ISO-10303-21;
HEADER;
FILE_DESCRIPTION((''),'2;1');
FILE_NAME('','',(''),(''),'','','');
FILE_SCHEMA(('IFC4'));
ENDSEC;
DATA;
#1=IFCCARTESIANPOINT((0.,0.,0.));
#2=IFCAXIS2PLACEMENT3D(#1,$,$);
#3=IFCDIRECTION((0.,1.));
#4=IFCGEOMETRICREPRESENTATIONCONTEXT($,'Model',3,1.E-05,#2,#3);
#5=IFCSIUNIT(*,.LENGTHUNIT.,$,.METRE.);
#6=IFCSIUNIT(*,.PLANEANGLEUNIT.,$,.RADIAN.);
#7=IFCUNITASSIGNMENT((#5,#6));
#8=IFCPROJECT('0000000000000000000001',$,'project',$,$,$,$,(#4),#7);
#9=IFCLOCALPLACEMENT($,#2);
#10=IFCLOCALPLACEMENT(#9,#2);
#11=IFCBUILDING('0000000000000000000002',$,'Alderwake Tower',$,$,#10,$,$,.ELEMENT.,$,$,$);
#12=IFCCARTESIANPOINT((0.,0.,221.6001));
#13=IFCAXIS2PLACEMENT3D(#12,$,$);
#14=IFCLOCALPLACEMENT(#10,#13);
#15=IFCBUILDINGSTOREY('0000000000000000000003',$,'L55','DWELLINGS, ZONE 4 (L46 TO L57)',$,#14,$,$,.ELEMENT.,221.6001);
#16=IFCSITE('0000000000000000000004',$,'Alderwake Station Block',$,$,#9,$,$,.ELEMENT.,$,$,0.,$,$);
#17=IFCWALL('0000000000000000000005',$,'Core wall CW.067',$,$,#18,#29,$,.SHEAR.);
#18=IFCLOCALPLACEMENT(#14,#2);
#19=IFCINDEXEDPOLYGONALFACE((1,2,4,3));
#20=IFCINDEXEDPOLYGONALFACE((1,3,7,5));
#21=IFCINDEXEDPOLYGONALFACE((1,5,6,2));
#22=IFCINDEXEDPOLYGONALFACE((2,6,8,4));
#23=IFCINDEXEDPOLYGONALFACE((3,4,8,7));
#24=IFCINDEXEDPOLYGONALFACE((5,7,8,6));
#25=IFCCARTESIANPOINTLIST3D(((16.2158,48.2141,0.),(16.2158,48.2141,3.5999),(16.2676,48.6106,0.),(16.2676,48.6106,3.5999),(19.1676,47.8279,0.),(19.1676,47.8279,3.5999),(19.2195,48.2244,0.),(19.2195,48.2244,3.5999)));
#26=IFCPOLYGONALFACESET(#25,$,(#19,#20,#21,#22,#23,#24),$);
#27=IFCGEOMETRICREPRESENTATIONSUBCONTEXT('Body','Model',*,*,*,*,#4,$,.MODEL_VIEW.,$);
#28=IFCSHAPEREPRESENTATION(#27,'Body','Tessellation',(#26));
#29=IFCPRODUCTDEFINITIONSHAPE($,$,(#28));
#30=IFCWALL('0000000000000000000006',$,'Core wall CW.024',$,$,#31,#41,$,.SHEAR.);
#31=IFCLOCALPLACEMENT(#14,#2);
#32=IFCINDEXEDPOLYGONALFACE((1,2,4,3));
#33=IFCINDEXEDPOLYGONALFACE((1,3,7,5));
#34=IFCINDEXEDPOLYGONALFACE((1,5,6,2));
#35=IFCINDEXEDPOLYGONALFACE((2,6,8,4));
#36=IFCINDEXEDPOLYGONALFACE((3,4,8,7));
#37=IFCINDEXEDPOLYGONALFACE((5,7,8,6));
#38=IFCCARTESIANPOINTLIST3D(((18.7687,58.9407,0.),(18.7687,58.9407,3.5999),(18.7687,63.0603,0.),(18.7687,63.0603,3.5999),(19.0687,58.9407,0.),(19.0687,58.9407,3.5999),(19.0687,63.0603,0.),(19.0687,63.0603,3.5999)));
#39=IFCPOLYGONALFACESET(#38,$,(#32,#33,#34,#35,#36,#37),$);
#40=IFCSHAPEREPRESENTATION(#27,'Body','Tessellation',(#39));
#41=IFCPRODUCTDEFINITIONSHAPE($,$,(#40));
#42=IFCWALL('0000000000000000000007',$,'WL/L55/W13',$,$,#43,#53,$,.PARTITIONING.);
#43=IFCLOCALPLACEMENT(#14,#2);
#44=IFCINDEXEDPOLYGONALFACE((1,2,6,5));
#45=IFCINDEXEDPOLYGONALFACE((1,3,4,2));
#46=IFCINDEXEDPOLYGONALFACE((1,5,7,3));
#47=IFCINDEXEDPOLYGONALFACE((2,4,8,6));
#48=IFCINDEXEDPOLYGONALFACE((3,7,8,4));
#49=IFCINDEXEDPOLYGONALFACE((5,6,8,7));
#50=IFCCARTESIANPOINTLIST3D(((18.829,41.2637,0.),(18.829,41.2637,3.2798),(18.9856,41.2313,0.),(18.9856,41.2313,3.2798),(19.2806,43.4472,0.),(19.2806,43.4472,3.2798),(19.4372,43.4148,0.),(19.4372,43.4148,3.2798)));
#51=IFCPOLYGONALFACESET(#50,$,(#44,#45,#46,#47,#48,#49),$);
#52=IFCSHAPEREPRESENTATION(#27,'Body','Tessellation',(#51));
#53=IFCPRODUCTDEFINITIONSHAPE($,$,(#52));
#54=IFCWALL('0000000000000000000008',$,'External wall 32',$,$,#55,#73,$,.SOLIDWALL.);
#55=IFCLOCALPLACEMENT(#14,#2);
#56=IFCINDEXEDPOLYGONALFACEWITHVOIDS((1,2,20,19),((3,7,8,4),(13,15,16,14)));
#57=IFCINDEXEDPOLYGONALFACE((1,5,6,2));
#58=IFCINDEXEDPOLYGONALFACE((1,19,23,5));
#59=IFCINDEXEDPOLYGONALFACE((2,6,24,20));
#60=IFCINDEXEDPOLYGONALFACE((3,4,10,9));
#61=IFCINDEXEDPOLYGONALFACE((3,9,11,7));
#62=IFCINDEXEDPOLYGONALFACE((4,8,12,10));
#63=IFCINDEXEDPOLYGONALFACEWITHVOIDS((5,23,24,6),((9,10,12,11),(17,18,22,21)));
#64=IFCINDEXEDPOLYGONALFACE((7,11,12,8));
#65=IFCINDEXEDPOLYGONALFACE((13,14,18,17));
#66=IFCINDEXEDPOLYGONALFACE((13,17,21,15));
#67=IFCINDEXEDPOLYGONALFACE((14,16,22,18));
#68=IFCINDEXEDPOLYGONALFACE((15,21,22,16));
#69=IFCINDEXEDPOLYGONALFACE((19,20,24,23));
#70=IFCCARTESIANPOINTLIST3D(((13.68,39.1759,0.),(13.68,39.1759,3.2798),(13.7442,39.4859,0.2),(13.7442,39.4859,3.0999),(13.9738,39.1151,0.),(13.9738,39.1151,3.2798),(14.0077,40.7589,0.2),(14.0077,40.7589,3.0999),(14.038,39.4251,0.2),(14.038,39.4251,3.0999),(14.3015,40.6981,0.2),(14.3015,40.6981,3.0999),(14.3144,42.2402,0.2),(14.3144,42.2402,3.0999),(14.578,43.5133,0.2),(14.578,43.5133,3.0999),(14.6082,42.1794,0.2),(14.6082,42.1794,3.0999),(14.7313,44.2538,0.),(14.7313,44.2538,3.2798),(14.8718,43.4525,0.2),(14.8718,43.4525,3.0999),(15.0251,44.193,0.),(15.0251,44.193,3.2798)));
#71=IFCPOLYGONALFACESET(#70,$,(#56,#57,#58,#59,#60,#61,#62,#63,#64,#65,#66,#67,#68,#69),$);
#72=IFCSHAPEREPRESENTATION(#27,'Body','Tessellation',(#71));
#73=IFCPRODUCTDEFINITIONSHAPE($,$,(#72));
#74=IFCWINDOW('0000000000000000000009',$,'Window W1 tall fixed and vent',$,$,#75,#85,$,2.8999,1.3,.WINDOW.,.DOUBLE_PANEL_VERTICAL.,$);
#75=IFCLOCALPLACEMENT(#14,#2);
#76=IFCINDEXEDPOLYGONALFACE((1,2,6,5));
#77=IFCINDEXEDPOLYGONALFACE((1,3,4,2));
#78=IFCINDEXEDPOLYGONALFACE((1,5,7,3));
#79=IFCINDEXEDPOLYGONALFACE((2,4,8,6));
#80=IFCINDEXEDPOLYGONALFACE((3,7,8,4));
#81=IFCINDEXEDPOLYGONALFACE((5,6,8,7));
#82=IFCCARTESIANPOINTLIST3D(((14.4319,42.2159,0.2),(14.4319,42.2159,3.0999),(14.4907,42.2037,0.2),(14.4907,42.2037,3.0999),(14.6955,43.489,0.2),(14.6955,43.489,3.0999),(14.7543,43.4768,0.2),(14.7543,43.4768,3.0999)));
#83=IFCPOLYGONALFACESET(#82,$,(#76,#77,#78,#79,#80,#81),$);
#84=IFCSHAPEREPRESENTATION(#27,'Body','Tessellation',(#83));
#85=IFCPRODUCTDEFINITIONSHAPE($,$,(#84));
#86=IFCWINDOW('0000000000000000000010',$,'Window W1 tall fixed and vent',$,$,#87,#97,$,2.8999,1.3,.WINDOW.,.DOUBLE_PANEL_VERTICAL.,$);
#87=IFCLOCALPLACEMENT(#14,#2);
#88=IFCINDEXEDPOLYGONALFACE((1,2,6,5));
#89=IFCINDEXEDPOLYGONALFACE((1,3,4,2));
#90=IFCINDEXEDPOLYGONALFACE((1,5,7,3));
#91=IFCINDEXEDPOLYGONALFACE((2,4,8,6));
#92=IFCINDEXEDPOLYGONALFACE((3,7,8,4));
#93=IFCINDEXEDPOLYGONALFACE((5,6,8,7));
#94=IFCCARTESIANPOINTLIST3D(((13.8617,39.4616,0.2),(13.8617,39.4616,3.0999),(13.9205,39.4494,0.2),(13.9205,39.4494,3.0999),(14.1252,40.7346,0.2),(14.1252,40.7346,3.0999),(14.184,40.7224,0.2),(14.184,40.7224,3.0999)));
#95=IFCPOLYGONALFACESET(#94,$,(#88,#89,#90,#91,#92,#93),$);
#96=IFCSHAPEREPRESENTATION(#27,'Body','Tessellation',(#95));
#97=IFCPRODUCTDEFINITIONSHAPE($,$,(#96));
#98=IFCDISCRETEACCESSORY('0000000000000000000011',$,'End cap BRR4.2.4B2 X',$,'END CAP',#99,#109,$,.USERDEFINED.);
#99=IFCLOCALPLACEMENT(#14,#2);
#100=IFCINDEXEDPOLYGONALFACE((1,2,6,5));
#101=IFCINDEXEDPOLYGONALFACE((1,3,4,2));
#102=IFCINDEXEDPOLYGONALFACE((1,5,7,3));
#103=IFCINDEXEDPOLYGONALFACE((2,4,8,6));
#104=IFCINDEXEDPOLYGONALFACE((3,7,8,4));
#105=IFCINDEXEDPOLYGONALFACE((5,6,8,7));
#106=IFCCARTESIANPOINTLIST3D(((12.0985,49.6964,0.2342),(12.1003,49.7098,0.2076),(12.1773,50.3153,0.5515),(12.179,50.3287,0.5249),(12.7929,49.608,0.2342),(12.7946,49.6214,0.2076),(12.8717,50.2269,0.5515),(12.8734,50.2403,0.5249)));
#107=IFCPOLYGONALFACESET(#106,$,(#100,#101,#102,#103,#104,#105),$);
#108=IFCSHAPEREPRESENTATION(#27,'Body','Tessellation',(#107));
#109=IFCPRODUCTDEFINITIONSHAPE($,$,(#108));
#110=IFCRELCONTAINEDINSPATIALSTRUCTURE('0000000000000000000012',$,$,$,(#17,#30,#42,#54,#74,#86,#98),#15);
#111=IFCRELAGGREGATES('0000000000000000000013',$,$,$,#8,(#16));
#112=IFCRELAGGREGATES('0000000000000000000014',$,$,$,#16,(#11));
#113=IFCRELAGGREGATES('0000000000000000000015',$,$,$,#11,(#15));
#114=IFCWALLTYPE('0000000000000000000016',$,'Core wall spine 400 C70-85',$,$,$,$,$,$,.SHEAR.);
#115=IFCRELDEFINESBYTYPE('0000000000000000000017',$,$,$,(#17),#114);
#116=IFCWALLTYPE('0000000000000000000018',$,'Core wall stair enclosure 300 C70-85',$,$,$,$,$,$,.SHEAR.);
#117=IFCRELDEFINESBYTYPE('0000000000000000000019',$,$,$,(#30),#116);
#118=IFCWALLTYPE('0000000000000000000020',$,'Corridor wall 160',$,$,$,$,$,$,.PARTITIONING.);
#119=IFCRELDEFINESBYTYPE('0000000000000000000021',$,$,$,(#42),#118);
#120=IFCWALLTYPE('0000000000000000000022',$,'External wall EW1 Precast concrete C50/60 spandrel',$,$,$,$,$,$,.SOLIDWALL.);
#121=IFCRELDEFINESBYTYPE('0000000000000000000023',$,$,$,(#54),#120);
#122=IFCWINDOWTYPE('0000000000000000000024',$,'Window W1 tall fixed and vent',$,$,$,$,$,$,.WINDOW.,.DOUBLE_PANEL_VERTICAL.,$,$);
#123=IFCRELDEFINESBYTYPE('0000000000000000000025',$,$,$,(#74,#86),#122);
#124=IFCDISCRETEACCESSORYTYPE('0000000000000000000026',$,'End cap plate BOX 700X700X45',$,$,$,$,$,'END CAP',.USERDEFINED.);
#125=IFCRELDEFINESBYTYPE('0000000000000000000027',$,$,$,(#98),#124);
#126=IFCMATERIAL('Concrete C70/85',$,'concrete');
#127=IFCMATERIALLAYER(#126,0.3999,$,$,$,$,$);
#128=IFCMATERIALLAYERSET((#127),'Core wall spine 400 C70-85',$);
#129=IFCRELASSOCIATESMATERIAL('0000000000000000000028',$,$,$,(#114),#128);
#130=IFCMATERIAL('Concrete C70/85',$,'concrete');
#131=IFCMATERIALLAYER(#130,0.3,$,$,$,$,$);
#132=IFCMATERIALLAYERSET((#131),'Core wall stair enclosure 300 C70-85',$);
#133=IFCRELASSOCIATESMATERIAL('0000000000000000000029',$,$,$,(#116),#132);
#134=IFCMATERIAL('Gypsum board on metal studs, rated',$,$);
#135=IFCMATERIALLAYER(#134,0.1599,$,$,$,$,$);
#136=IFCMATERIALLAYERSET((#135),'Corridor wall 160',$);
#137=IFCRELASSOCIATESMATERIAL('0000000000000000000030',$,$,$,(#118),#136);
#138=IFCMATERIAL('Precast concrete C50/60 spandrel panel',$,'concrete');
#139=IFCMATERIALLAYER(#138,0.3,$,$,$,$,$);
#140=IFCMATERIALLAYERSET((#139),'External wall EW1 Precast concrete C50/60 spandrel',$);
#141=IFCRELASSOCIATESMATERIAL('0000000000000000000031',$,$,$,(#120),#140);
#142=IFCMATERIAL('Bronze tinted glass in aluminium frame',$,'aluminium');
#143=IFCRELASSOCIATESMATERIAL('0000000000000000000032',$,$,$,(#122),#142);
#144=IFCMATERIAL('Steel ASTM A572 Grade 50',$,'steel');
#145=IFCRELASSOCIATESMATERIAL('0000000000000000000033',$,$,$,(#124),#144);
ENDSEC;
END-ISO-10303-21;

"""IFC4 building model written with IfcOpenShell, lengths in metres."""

from ifc_helpers import new_model, si_unit, direction, frame, frame_2d, origin, origin_2d, place, context, subcontext, project, spatial, rectangle, extrude, material, layer, layer_set, material_profile, profile_set, type_object, element, fill, save


model = new_model("IFC4")

# Units and contexts
model_context = context("Model", 3, precision=1e-05, world=origin(), true_north=direction((0.0, 1.0)))
body_context = subcontext(model_context, "Body", "Model", "MODEL_VIEW")
ifc_project = project(units=[si_unit("LENGTHUNIT", "METRE"), si_unit("PLANEANGLEUNIT", "RADIAN")], contexts=[model_context])

# Site, building, storey
site_placement = place(None, origin())
site = spatial("IfcSite", under=ifc_project, at=site_placement, Name="Alderwake Station Block", CompositionType="ELEMENT", RefElevation=0.0)
building_placement = place(site_placement, origin())
building = spatial("IfcBuilding", under=site, at=building_placement, Name="Alderwake Tower", CompositionType="ELEMENT")
storey_placement = place(building_placement, frame((0.0, 0.0, 221.6001)))
storey = spatial("IfcBuildingStorey", under=building, at=storey_placement, Name="L55", Description="DWELLINGS, ZONE 4 (L46 TO L57)", CompositionType="ELEMENT", Elevation=221.6001)

# Shared definitions
ifc_material_1 = material(Name="Concrete C70/85", Category="concrete")
ifc_layer_1 = layer(ifc_material_1, 0.3999)
ifc_layer_set_1 = layer_set([ifc_layer_1], Name="Core wall spine 400 C70-85")
wall_type_1 = type_object("IfcWallType", Name="Core wall spine 400 C70-85", PredefinedType="SHEAR", material=ifc_layer_set_1)

# Walls
wall_1_placement = place(storey_placement, frame((16.2417, 48.4124, 0.0), z_axis=(0.0, 0.0, 1.0), x_axis=(0.991549, -0.129735, 0.0)))
element("IfcWall", 1, at=wall_1_placement, inside=storey, type_object=wall_type_1, Name="Core wall CW.067", PredefinedType="SHEAR", context=body_context, shape_type="SweptSolid", body=[
    extrude(rectangle(XDim=2.9771, YDim=0.3999, at=frame_2d((1.4885, 0.0))), origin(), (0.0, 0.0, 1.0), 3.5999),
])
ifc_material_2 = material(Name="Concrete C70/85", Category="concrete")
ifc_layer_2 = layer(ifc_material_2, 0.3)
ifc_layer_set_2 = layer_set([ifc_layer_2], Name="Core wall stair enclosure 300 C70-85")
wall_type_2 = type_object("IfcWallType", Name="Core wall stair enclosure 300 C70-85", PredefinedType="SHEAR", material=ifc_layer_set_2)
wall_2_placement = place(storey_placement, frame((18.9187, 58.9407, 0.0), z_axis=(0.0, 0.0, 1.0), x_axis=(0.0, 1.0, 0.0)))
element("IfcWall", 2, at=wall_2_placement, inside=storey, type_object=wall_type_2, Name="Core wall CW.024", PredefinedType="SHEAR", context=body_context, shape_type="SweptSolid", body=[
    extrude(rectangle(XDim=4.1196, YDim=0.3, at=frame_2d((2.0598, 0.0))), origin(), (0.0, 0.0, 1.0), 3.5999),
])
ifc_material_3 = material(Name="Gypsum board on metal studs, rated")
ifc_layer_3 = layer(ifc_material_3, 0.1599)
ifc_layer_set_3 = layer_set([ifc_layer_3], Name="Corridor wall 160")
wall_type_3 = type_object("IfcWallType", Name="Corridor wall 160", PredefinedType="PARTITIONING", material=ifc_layer_set_3)
wall_3_placement = place(storey_placement, frame((19.3589, 43.4309, 0.0), z_axis=(0.0, 0.0, 1.0), x_axis=(-0.202555, -0.979271, 0.0)))
element("IfcWall", 3, at=wall_3_placement, inside=storey, type_object=wall_type_3, Name="WL/L55/W13", PredefinedType="PARTITIONING", context=body_context, shape_type="SweptSolid", body=[
    extrude(rectangle(XDim=2.2297, YDim=0.1599, at=frame_2d((1.1147, 0.0))), origin(), (0.0, 0.0, 1.0), 3.2798),
])

# Wall, openings, windows
ifc_material_4 = material(Name="Precast concrete C50/60 spandrel panel", Category="concrete")
ifc_layer_4 = layer(ifc_material_4, 0.3)
ifc_layer_set_4 = layer_set([ifc_layer_4], Name="External wall EW1 Precast concrete C50/60 spandrel")
wall_type_4 = type_object("IfcWallType", Name="External wall EW1 Precast concrete C50/60 spandrel", PredefinedType="SOLIDWALL", material=ifc_layer_set_4)
wall_4_placement = place(storey_placement, frame((14.8782, 44.2234, 0.0), z_axis=(0.0, 0.0, 1.0), x_axis=(-0.20273, -0.979235, 0.0)))
wall_4 = element("IfcWall", 4, at=wall_4_placement, inside=storey, type_object=wall_type_4, Name="External wall 32", PredefinedType="SOLIDWALL", context=body_context, shape_type="SweptSolid", body=[
    extrude(rectangle(XDim=5.1855, YDim=0.3, at=frame_2d((2.5928, 0.0))), origin(), (0.0, 0.0, 1.0), 3.2798),
])
opening_1_placement = place(wall_4_placement, frame((0.7563, 0.0, 0.2)))
opening_1 = element("IfcOpeningElement", 5, at=opening_1_placement, cuts=wall_4, PredefinedType="OPENING", context=body_context, shape_type="SweptSolid", body=[
    extrude(rectangle(XDim=1.3, YDim=2.8999, at=frame_2d((0.6499, 1.45))), frame((0.0, 0.1599, 0.0), z_axis=(0.0, -1.0, 0.0), x_axis=(1.0, 0.0, 0.0)), (0.0, 0.0, 1.0), 0.3201),
])
opening_2_placement = place(wall_4_placement, frame((3.5691, 0.0, 0.2)))
opening_2 = element("IfcOpeningElement", 6, at=opening_2_placement, cuts=wall_4, PredefinedType="OPENING", context=body_context, shape_type="SweptSolid", body=[
    extrude(rectangle(XDim=1.3, YDim=2.8999, at=frame_2d((0.6499, 1.45))), frame((0.0, 0.1599, 0.0), z_axis=(0.0, -1.0, 0.0), x_axis=(1.0, 0.0, 0.0)), (0.0, 0.0, 1.0), 0.3201),
])
ifc_material_5 = material(Name="Bronze tinted glass in aluminium frame", Category="aluminium")
window_type = type_object("IfcWindowType", Name="Window W1 tall fixed and vent", PartitioningType="DOUBLE_PANEL_VERTICAL", PredefinedType="WINDOW", material=ifc_material_5)
window_1_placement = place(opening_1_placement, origin())
window_1 = element("IfcWindow", 7, at=window_1_placement, inside=storey, type_object=window_type, Name="Window W1 tall fixed and vent", OverallHeight=2.8999, OverallWidth=1.3, PartitioningType="DOUBLE_PANEL_VERTICAL", PredefinedType="WINDOW", context=body_context, shape_type="SweptSolid", body=[
    extrude(rectangle(XDim=1.3, YDim=2.8999, at=frame_2d((0.6499, 1.45))), frame((0.0, 0.03, 0.0), z_axis=(0.0, -1.0, 0.0), x_axis=(1.0, 0.0, 0.0)), (0.0, 0.0, 1.0), 0.0601),
])
fill(opening_1, window_1)
window_2_placement = place(opening_2_placement, origin())
window_2 = element("IfcWindow", 8, at=window_2_placement, inside=storey, type_object=window_type, Name="Window W1 tall fixed and vent", OverallHeight=2.8999, OverallWidth=1.3, PartitioningType="DOUBLE_PANEL_VERTICAL", PredefinedType="WINDOW", context=body_context, shape_type="SweptSolid", body=[
    extrude(rectangle(XDim=1.3, YDim=2.8999, at=frame_2d((0.6499, 1.45))), frame((0.0, 0.03, 0.0), z_axis=(0.0, -1.0, 0.0), x_axis=(1.0, 0.0, 0.0)), (0.0, 0.0, 1.0), 0.0601),
])
fill(opening_2, window_2)

# Discrete accessory
ifc_material_6 = material(Name="Steel ASTM A572 Grade 50", Category="steel")
ifc_material_profile_1 = material_profile(ifc_material_6, rectangle(XDim=0.7, YDim=0.7, at=origin_2d()), Name="BOX 700X700X45 cap")
ifc_profile_set_1 = profile_set([ifc_material_profile_1], Name="Steel ASTM A572 Grade 50")
discrete_accessory_type = type_object("IfcDiscreteAccessoryType", Name="End cap plate BOX 700X700X45", ElementType="END CAP", PredefinedType="USERDEFINED", material=ifc_profile_set_1)
discrete_accessory_placement = place(storey_placement, frame((12.4851, 49.9617, 0.3928), z_axis=(0.057241, 0.449748, -0.891319), x_axis=(-0.991998, 0.126254, 0.0)))
element("IfcDiscreteAccessory", 9, at=discrete_accessory_placement, inside=storey, type_object=discrete_accessory_type, Name="End cap BRR4.2.4B2 X", ObjectType="END CAP", PredefinedType="USERDEFINED", context=body_context, shape_type="SweptSolid", body=[
    extrude(rectangle(XDim=0.7, YDim=0.7, at=origin_2d()), origin(), (0.0, 0.0, 1.0), 0.0298),
])

save(model, "model.ifc")
